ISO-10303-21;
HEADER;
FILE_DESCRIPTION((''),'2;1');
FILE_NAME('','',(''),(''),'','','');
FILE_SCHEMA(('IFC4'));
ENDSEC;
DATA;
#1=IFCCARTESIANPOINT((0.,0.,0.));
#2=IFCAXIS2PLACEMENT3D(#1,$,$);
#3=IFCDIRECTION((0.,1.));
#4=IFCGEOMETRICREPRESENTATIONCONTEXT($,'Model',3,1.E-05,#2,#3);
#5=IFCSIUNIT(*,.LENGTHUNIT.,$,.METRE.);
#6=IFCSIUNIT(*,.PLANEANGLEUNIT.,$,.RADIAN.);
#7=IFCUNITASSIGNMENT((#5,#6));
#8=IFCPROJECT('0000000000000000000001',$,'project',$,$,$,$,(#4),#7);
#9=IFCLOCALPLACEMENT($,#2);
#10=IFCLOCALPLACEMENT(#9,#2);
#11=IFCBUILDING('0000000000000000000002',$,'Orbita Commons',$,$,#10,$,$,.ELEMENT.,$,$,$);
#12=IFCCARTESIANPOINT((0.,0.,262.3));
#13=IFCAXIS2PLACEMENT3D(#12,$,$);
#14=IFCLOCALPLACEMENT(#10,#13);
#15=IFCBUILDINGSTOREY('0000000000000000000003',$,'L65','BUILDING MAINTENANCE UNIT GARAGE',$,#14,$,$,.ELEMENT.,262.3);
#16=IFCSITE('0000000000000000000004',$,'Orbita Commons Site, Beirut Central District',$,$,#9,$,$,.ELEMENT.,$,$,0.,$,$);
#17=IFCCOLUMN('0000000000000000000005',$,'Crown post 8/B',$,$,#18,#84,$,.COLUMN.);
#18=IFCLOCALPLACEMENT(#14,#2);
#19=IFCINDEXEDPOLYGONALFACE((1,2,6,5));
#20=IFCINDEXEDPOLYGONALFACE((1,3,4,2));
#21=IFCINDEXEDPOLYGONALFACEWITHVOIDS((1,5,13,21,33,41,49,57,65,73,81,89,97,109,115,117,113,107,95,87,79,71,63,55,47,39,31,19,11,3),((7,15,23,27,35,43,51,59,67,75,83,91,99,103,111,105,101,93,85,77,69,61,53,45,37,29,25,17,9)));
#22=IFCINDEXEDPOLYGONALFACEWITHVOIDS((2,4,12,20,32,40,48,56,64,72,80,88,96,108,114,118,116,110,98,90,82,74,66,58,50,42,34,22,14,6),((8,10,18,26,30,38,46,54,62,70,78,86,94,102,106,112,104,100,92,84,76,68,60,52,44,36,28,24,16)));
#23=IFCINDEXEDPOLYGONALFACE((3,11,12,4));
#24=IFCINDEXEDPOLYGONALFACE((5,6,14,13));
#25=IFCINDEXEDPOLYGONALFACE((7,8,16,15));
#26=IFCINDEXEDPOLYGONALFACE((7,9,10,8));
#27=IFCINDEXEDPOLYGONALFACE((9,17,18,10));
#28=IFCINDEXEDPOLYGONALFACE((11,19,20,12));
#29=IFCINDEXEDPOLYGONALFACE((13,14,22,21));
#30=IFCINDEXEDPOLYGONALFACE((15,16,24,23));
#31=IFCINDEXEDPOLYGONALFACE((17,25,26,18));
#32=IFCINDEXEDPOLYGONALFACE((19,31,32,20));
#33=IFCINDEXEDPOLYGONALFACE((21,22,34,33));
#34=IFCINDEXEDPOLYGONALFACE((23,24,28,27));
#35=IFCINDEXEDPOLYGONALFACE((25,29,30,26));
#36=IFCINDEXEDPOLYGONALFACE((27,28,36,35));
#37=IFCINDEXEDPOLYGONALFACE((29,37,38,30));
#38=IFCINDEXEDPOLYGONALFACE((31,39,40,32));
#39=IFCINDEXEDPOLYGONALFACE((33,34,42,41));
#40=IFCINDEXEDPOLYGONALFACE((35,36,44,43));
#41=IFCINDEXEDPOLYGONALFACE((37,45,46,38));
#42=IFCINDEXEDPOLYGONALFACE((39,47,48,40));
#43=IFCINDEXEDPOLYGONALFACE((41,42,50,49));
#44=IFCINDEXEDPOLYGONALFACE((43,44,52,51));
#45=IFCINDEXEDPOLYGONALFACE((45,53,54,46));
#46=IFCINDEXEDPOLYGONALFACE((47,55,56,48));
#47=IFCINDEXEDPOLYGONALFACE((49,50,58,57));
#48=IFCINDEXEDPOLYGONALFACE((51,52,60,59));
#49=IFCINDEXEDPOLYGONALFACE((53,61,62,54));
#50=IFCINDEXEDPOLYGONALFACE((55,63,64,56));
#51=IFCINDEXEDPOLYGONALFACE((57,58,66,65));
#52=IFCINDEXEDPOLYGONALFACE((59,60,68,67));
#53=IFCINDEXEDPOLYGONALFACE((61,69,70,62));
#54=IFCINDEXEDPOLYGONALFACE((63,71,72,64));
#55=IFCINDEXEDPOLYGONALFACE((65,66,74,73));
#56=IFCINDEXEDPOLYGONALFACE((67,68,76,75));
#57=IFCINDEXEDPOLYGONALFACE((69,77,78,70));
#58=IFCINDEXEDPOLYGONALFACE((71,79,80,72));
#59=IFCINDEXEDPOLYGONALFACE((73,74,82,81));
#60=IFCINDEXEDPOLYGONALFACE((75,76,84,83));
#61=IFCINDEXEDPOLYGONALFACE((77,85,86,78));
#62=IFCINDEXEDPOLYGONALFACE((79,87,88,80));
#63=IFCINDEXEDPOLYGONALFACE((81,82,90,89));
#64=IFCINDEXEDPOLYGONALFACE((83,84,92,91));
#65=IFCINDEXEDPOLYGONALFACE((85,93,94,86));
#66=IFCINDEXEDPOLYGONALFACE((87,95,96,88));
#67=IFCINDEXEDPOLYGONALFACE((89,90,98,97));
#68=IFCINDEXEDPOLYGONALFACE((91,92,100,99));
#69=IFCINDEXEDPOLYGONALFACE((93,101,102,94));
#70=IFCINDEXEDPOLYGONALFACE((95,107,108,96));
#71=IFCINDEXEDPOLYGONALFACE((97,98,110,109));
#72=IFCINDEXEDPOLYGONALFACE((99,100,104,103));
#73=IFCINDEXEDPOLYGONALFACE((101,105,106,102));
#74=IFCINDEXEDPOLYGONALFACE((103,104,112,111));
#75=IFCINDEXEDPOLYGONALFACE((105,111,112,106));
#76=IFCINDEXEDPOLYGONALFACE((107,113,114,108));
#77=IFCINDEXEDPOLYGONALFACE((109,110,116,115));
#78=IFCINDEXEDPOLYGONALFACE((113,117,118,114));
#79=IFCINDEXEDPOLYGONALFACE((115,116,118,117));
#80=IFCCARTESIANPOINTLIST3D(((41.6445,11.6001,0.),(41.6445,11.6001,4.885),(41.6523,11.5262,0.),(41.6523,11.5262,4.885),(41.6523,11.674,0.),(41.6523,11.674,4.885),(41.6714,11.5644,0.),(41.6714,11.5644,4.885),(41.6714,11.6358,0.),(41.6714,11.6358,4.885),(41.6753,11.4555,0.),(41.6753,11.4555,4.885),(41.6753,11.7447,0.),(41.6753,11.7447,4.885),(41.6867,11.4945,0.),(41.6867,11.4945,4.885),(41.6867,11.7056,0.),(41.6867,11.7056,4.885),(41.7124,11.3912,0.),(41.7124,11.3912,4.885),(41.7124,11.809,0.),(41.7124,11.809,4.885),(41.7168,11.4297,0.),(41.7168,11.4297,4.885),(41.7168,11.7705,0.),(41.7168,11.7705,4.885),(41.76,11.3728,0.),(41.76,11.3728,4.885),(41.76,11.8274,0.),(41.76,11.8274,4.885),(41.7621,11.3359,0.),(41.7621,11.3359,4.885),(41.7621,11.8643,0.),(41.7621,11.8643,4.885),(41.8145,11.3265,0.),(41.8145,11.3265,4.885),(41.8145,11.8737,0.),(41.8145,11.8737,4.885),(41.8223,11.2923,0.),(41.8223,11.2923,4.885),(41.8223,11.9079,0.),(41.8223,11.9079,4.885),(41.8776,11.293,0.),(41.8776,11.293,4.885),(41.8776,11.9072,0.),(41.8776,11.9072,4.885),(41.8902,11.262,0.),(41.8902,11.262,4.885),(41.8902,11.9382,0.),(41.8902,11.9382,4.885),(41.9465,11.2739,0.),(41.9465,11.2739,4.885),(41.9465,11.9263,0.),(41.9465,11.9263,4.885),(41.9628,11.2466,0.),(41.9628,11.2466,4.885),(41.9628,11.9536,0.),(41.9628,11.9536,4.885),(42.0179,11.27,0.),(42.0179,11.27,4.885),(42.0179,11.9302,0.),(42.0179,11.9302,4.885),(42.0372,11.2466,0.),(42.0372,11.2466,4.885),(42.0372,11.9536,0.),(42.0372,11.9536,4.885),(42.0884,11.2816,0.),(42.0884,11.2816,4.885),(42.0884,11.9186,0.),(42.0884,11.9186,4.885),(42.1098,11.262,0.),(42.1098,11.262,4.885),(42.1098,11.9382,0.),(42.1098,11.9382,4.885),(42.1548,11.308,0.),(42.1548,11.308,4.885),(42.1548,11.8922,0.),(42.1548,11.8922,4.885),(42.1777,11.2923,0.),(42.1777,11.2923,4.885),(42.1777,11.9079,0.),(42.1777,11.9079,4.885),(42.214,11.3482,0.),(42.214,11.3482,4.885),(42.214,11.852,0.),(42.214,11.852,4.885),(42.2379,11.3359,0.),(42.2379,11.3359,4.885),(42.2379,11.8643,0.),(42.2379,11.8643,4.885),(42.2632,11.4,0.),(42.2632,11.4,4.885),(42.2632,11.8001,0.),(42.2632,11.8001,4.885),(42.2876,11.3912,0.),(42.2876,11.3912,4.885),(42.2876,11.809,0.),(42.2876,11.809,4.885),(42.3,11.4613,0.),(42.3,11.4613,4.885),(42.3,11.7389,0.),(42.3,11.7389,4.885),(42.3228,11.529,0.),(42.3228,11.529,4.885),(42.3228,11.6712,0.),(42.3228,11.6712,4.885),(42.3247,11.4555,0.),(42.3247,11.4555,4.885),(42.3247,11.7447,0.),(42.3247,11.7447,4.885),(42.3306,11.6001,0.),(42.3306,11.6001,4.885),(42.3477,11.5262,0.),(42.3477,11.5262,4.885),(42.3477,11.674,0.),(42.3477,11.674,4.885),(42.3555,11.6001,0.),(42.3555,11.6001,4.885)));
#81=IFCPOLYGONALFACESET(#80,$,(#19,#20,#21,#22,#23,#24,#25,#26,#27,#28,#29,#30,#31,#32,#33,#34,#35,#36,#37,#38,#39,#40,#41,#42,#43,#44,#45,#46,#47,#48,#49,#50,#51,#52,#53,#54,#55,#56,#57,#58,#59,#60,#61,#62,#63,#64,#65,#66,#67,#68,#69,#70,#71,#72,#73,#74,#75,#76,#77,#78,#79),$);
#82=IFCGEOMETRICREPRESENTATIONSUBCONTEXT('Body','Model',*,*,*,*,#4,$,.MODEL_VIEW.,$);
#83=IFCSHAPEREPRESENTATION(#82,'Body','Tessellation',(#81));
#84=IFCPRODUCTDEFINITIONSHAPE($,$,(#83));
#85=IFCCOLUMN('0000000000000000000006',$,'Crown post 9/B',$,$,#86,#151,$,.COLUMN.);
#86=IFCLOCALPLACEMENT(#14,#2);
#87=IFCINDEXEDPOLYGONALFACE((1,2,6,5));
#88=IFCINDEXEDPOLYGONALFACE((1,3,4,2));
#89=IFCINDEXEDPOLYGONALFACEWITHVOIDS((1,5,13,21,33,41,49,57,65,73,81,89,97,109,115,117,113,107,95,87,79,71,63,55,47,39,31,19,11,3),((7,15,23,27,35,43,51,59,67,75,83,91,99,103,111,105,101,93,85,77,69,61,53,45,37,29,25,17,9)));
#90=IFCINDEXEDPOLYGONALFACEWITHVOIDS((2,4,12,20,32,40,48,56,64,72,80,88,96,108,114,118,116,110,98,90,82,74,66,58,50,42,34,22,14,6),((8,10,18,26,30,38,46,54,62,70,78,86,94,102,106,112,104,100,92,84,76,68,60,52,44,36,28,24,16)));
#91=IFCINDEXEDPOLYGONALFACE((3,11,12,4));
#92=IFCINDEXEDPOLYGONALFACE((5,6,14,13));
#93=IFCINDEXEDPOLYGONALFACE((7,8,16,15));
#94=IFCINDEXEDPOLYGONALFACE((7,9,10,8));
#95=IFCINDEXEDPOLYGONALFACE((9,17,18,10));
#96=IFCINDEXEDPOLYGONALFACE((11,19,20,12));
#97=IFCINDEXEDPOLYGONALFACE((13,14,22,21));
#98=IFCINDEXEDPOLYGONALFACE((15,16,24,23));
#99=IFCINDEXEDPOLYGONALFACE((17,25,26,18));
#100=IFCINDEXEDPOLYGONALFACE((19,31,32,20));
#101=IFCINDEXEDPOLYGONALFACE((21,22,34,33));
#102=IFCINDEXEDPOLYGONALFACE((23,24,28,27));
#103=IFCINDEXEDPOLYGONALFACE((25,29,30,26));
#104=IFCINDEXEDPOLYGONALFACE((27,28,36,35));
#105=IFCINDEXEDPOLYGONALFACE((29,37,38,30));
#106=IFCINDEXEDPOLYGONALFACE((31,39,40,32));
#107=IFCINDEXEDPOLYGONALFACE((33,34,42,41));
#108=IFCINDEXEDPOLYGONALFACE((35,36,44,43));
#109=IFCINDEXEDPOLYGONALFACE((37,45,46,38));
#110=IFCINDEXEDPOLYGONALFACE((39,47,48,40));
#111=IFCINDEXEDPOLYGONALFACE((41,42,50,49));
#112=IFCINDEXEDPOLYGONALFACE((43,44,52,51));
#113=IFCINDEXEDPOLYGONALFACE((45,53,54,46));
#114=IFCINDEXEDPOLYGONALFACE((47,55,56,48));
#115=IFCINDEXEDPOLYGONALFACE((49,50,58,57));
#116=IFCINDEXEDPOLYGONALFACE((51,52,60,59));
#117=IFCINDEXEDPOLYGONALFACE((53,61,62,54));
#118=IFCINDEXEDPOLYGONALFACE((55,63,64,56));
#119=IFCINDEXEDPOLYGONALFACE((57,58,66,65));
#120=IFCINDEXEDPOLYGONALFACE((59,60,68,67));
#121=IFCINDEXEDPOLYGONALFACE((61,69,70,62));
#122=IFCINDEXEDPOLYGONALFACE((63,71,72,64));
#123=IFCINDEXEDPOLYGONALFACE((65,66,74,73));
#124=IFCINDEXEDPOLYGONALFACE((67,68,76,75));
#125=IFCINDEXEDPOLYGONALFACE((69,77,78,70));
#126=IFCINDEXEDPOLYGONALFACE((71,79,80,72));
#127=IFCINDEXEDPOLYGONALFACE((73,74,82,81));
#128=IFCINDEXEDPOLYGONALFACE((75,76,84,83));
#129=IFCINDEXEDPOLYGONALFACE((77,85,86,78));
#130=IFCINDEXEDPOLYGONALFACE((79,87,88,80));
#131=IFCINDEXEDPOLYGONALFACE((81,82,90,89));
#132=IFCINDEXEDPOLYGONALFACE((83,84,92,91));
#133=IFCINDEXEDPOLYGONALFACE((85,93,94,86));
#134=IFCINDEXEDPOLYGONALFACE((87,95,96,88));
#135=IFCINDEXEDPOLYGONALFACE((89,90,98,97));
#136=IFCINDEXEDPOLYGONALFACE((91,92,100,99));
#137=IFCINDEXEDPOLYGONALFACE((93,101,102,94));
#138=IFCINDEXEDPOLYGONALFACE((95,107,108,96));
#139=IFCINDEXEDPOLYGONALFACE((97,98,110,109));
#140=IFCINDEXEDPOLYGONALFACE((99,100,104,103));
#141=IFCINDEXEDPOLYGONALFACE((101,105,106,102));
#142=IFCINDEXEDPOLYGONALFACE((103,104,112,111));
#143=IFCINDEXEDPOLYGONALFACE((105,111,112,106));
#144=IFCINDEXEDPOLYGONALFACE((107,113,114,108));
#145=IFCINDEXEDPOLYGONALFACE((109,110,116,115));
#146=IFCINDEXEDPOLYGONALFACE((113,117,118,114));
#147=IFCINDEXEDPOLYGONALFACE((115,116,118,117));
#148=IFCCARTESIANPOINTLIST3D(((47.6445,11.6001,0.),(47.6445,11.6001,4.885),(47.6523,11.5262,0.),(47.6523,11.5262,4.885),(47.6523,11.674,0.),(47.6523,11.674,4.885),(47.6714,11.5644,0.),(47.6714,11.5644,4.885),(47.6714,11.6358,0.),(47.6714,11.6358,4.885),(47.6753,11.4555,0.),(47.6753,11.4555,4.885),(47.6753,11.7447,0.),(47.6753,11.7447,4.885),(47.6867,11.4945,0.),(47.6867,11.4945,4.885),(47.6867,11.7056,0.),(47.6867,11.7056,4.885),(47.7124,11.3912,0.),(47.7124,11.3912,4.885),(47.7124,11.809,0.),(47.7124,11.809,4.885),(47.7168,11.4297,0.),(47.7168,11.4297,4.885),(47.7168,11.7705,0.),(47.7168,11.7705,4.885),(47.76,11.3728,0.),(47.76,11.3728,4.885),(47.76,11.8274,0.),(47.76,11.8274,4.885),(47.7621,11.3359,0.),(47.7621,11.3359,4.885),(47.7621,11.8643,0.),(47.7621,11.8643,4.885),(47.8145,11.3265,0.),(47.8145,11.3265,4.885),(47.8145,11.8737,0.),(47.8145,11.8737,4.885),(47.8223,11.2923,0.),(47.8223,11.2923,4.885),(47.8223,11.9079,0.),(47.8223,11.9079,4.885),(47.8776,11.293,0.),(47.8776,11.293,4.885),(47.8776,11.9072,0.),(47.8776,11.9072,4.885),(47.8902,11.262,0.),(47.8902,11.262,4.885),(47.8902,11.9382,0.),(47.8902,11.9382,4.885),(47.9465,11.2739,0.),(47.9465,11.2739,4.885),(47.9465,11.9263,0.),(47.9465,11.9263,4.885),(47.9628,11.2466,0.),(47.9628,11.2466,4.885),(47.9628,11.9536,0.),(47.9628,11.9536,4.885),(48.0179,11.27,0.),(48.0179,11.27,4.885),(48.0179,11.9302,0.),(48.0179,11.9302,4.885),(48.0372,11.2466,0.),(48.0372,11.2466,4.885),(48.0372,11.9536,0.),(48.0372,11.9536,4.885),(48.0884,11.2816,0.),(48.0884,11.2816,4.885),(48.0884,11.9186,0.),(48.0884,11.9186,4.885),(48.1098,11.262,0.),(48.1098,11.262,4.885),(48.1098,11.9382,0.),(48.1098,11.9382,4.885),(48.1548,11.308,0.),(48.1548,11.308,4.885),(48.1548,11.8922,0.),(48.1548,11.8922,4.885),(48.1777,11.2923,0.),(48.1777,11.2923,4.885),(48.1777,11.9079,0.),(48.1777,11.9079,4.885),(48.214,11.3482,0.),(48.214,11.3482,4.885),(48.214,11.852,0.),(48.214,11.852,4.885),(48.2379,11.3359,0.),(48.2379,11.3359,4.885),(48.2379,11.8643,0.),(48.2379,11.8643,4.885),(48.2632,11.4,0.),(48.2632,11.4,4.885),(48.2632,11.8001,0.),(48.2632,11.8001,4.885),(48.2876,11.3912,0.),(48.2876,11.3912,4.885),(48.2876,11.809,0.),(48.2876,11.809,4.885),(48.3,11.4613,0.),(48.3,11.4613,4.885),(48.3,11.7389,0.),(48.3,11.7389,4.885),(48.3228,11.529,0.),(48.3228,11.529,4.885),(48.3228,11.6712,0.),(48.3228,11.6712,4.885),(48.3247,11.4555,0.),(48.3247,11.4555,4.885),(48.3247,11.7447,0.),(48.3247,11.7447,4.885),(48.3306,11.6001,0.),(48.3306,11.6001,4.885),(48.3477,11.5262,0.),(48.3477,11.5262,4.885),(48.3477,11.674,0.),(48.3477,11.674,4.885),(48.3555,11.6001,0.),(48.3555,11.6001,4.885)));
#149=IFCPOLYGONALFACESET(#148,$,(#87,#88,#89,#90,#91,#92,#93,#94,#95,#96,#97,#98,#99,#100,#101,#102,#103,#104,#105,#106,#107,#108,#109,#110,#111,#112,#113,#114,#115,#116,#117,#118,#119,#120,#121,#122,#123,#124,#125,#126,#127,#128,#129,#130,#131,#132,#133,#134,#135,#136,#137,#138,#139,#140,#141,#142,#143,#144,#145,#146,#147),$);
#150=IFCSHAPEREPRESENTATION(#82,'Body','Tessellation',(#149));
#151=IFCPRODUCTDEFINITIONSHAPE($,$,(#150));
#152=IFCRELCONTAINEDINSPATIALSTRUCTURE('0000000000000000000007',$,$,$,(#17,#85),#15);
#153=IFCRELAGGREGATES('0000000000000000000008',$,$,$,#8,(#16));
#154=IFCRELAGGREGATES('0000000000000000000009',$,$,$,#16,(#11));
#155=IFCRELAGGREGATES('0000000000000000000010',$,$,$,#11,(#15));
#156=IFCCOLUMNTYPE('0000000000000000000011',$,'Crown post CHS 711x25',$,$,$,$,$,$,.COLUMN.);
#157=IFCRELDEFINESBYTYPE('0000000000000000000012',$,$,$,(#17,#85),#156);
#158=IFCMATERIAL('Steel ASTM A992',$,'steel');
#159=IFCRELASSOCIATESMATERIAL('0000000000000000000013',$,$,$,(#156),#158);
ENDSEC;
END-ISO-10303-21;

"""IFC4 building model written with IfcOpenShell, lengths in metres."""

from ifc_helpers import new_model, si_unit, direction, frame, origin, origin_2d, place, context, subcontext, project, spatial, hollow_circle, extrude, material, material_profile, profile_set, type_object, element, save


model = new_model("IFC4")

# Units and contexts
model_context = context("Model", 3, precision=1e-05, world=origin(), true_north=direction((0.0, 1.0)))
body_context = subcontext(model_context, "Body", "Model", "MODEL_VIEW")
ifc_project = project(units=[si_unit("LENGTHUNIT", "METRE"), si_unit("PLANEANGLEUNIT", "RADIAN")], contexts=[model_context])

# Site, building, storey
site_placement = place(None, origin())
site = spatial("IfcSite", under=ifc_project, at=site_placement, Name="Orbita Commons Site, Beirut Central District", CompositionType="ELEMENT", RefElevation=0.0)
building_placement = place(site_placement, origin())
building = spatial("IfcBuilding", under=site, at=building_placement, Name="Orbita Commons", CompositionType="ELEMENT")
storey_placement = place(building_placement, frame((0.0, 0.0, 262.3)))
storey = spatial("IfcBuildingStorey", under=building, at=storey_placement, Name="L65", Description="BUILDING MAINTENANCE UNIT GARAGE", CompositionType="ELEMENT", Elevation=262.3)

# Columns
ifc_material_1 = material(Name="Steel ASTM A992", Category="steel")
ifc_material_profile_1 = material_profile(ifc_material_1, hollow_circle(Radius=0.3555, WallThickness=0.0249, at=origin_2d()), Name="CHS 711x25")
ifc_profile_set_1 = profile_set([ifc_material_profile_1], Name="Steel ASTM A992")
column_type = type_object("IfcColumnType", Name="Crown post CHS 711x25", PredefinedType="COLUMN", material=ifc_profile_set_1)
for number, where, z_axis, x_axis, name in (
    (1, (42.0, 11.6001, 0.0), (0.0, 0.0, 1.0), (1.0, 0.0, 0.0), "Crown post 8/B"),
    (2, (48.0, 11.6001, 0.0), (0.0, 0.0, 1.0), (1.0, 0.0, 0.0), "Crown post 9/B"),
):
    element("IfcColumn", number, at=place(storey_placement, frame(where, z_axis=z_axis, x_axis=x_axis)), inside=storey, type_object=column_type, Name=name, PredefinedType="COLUMN", context=body_context, shape_type="SweptSolid", body=[
        extrude(hollow_circle(Radius=0.3555, WallThickness=0.0249, at=origin_2d()), origin(), (0.0, 0.0, 1.0), 4.885),
    ])

save(model, "model.ifc")
